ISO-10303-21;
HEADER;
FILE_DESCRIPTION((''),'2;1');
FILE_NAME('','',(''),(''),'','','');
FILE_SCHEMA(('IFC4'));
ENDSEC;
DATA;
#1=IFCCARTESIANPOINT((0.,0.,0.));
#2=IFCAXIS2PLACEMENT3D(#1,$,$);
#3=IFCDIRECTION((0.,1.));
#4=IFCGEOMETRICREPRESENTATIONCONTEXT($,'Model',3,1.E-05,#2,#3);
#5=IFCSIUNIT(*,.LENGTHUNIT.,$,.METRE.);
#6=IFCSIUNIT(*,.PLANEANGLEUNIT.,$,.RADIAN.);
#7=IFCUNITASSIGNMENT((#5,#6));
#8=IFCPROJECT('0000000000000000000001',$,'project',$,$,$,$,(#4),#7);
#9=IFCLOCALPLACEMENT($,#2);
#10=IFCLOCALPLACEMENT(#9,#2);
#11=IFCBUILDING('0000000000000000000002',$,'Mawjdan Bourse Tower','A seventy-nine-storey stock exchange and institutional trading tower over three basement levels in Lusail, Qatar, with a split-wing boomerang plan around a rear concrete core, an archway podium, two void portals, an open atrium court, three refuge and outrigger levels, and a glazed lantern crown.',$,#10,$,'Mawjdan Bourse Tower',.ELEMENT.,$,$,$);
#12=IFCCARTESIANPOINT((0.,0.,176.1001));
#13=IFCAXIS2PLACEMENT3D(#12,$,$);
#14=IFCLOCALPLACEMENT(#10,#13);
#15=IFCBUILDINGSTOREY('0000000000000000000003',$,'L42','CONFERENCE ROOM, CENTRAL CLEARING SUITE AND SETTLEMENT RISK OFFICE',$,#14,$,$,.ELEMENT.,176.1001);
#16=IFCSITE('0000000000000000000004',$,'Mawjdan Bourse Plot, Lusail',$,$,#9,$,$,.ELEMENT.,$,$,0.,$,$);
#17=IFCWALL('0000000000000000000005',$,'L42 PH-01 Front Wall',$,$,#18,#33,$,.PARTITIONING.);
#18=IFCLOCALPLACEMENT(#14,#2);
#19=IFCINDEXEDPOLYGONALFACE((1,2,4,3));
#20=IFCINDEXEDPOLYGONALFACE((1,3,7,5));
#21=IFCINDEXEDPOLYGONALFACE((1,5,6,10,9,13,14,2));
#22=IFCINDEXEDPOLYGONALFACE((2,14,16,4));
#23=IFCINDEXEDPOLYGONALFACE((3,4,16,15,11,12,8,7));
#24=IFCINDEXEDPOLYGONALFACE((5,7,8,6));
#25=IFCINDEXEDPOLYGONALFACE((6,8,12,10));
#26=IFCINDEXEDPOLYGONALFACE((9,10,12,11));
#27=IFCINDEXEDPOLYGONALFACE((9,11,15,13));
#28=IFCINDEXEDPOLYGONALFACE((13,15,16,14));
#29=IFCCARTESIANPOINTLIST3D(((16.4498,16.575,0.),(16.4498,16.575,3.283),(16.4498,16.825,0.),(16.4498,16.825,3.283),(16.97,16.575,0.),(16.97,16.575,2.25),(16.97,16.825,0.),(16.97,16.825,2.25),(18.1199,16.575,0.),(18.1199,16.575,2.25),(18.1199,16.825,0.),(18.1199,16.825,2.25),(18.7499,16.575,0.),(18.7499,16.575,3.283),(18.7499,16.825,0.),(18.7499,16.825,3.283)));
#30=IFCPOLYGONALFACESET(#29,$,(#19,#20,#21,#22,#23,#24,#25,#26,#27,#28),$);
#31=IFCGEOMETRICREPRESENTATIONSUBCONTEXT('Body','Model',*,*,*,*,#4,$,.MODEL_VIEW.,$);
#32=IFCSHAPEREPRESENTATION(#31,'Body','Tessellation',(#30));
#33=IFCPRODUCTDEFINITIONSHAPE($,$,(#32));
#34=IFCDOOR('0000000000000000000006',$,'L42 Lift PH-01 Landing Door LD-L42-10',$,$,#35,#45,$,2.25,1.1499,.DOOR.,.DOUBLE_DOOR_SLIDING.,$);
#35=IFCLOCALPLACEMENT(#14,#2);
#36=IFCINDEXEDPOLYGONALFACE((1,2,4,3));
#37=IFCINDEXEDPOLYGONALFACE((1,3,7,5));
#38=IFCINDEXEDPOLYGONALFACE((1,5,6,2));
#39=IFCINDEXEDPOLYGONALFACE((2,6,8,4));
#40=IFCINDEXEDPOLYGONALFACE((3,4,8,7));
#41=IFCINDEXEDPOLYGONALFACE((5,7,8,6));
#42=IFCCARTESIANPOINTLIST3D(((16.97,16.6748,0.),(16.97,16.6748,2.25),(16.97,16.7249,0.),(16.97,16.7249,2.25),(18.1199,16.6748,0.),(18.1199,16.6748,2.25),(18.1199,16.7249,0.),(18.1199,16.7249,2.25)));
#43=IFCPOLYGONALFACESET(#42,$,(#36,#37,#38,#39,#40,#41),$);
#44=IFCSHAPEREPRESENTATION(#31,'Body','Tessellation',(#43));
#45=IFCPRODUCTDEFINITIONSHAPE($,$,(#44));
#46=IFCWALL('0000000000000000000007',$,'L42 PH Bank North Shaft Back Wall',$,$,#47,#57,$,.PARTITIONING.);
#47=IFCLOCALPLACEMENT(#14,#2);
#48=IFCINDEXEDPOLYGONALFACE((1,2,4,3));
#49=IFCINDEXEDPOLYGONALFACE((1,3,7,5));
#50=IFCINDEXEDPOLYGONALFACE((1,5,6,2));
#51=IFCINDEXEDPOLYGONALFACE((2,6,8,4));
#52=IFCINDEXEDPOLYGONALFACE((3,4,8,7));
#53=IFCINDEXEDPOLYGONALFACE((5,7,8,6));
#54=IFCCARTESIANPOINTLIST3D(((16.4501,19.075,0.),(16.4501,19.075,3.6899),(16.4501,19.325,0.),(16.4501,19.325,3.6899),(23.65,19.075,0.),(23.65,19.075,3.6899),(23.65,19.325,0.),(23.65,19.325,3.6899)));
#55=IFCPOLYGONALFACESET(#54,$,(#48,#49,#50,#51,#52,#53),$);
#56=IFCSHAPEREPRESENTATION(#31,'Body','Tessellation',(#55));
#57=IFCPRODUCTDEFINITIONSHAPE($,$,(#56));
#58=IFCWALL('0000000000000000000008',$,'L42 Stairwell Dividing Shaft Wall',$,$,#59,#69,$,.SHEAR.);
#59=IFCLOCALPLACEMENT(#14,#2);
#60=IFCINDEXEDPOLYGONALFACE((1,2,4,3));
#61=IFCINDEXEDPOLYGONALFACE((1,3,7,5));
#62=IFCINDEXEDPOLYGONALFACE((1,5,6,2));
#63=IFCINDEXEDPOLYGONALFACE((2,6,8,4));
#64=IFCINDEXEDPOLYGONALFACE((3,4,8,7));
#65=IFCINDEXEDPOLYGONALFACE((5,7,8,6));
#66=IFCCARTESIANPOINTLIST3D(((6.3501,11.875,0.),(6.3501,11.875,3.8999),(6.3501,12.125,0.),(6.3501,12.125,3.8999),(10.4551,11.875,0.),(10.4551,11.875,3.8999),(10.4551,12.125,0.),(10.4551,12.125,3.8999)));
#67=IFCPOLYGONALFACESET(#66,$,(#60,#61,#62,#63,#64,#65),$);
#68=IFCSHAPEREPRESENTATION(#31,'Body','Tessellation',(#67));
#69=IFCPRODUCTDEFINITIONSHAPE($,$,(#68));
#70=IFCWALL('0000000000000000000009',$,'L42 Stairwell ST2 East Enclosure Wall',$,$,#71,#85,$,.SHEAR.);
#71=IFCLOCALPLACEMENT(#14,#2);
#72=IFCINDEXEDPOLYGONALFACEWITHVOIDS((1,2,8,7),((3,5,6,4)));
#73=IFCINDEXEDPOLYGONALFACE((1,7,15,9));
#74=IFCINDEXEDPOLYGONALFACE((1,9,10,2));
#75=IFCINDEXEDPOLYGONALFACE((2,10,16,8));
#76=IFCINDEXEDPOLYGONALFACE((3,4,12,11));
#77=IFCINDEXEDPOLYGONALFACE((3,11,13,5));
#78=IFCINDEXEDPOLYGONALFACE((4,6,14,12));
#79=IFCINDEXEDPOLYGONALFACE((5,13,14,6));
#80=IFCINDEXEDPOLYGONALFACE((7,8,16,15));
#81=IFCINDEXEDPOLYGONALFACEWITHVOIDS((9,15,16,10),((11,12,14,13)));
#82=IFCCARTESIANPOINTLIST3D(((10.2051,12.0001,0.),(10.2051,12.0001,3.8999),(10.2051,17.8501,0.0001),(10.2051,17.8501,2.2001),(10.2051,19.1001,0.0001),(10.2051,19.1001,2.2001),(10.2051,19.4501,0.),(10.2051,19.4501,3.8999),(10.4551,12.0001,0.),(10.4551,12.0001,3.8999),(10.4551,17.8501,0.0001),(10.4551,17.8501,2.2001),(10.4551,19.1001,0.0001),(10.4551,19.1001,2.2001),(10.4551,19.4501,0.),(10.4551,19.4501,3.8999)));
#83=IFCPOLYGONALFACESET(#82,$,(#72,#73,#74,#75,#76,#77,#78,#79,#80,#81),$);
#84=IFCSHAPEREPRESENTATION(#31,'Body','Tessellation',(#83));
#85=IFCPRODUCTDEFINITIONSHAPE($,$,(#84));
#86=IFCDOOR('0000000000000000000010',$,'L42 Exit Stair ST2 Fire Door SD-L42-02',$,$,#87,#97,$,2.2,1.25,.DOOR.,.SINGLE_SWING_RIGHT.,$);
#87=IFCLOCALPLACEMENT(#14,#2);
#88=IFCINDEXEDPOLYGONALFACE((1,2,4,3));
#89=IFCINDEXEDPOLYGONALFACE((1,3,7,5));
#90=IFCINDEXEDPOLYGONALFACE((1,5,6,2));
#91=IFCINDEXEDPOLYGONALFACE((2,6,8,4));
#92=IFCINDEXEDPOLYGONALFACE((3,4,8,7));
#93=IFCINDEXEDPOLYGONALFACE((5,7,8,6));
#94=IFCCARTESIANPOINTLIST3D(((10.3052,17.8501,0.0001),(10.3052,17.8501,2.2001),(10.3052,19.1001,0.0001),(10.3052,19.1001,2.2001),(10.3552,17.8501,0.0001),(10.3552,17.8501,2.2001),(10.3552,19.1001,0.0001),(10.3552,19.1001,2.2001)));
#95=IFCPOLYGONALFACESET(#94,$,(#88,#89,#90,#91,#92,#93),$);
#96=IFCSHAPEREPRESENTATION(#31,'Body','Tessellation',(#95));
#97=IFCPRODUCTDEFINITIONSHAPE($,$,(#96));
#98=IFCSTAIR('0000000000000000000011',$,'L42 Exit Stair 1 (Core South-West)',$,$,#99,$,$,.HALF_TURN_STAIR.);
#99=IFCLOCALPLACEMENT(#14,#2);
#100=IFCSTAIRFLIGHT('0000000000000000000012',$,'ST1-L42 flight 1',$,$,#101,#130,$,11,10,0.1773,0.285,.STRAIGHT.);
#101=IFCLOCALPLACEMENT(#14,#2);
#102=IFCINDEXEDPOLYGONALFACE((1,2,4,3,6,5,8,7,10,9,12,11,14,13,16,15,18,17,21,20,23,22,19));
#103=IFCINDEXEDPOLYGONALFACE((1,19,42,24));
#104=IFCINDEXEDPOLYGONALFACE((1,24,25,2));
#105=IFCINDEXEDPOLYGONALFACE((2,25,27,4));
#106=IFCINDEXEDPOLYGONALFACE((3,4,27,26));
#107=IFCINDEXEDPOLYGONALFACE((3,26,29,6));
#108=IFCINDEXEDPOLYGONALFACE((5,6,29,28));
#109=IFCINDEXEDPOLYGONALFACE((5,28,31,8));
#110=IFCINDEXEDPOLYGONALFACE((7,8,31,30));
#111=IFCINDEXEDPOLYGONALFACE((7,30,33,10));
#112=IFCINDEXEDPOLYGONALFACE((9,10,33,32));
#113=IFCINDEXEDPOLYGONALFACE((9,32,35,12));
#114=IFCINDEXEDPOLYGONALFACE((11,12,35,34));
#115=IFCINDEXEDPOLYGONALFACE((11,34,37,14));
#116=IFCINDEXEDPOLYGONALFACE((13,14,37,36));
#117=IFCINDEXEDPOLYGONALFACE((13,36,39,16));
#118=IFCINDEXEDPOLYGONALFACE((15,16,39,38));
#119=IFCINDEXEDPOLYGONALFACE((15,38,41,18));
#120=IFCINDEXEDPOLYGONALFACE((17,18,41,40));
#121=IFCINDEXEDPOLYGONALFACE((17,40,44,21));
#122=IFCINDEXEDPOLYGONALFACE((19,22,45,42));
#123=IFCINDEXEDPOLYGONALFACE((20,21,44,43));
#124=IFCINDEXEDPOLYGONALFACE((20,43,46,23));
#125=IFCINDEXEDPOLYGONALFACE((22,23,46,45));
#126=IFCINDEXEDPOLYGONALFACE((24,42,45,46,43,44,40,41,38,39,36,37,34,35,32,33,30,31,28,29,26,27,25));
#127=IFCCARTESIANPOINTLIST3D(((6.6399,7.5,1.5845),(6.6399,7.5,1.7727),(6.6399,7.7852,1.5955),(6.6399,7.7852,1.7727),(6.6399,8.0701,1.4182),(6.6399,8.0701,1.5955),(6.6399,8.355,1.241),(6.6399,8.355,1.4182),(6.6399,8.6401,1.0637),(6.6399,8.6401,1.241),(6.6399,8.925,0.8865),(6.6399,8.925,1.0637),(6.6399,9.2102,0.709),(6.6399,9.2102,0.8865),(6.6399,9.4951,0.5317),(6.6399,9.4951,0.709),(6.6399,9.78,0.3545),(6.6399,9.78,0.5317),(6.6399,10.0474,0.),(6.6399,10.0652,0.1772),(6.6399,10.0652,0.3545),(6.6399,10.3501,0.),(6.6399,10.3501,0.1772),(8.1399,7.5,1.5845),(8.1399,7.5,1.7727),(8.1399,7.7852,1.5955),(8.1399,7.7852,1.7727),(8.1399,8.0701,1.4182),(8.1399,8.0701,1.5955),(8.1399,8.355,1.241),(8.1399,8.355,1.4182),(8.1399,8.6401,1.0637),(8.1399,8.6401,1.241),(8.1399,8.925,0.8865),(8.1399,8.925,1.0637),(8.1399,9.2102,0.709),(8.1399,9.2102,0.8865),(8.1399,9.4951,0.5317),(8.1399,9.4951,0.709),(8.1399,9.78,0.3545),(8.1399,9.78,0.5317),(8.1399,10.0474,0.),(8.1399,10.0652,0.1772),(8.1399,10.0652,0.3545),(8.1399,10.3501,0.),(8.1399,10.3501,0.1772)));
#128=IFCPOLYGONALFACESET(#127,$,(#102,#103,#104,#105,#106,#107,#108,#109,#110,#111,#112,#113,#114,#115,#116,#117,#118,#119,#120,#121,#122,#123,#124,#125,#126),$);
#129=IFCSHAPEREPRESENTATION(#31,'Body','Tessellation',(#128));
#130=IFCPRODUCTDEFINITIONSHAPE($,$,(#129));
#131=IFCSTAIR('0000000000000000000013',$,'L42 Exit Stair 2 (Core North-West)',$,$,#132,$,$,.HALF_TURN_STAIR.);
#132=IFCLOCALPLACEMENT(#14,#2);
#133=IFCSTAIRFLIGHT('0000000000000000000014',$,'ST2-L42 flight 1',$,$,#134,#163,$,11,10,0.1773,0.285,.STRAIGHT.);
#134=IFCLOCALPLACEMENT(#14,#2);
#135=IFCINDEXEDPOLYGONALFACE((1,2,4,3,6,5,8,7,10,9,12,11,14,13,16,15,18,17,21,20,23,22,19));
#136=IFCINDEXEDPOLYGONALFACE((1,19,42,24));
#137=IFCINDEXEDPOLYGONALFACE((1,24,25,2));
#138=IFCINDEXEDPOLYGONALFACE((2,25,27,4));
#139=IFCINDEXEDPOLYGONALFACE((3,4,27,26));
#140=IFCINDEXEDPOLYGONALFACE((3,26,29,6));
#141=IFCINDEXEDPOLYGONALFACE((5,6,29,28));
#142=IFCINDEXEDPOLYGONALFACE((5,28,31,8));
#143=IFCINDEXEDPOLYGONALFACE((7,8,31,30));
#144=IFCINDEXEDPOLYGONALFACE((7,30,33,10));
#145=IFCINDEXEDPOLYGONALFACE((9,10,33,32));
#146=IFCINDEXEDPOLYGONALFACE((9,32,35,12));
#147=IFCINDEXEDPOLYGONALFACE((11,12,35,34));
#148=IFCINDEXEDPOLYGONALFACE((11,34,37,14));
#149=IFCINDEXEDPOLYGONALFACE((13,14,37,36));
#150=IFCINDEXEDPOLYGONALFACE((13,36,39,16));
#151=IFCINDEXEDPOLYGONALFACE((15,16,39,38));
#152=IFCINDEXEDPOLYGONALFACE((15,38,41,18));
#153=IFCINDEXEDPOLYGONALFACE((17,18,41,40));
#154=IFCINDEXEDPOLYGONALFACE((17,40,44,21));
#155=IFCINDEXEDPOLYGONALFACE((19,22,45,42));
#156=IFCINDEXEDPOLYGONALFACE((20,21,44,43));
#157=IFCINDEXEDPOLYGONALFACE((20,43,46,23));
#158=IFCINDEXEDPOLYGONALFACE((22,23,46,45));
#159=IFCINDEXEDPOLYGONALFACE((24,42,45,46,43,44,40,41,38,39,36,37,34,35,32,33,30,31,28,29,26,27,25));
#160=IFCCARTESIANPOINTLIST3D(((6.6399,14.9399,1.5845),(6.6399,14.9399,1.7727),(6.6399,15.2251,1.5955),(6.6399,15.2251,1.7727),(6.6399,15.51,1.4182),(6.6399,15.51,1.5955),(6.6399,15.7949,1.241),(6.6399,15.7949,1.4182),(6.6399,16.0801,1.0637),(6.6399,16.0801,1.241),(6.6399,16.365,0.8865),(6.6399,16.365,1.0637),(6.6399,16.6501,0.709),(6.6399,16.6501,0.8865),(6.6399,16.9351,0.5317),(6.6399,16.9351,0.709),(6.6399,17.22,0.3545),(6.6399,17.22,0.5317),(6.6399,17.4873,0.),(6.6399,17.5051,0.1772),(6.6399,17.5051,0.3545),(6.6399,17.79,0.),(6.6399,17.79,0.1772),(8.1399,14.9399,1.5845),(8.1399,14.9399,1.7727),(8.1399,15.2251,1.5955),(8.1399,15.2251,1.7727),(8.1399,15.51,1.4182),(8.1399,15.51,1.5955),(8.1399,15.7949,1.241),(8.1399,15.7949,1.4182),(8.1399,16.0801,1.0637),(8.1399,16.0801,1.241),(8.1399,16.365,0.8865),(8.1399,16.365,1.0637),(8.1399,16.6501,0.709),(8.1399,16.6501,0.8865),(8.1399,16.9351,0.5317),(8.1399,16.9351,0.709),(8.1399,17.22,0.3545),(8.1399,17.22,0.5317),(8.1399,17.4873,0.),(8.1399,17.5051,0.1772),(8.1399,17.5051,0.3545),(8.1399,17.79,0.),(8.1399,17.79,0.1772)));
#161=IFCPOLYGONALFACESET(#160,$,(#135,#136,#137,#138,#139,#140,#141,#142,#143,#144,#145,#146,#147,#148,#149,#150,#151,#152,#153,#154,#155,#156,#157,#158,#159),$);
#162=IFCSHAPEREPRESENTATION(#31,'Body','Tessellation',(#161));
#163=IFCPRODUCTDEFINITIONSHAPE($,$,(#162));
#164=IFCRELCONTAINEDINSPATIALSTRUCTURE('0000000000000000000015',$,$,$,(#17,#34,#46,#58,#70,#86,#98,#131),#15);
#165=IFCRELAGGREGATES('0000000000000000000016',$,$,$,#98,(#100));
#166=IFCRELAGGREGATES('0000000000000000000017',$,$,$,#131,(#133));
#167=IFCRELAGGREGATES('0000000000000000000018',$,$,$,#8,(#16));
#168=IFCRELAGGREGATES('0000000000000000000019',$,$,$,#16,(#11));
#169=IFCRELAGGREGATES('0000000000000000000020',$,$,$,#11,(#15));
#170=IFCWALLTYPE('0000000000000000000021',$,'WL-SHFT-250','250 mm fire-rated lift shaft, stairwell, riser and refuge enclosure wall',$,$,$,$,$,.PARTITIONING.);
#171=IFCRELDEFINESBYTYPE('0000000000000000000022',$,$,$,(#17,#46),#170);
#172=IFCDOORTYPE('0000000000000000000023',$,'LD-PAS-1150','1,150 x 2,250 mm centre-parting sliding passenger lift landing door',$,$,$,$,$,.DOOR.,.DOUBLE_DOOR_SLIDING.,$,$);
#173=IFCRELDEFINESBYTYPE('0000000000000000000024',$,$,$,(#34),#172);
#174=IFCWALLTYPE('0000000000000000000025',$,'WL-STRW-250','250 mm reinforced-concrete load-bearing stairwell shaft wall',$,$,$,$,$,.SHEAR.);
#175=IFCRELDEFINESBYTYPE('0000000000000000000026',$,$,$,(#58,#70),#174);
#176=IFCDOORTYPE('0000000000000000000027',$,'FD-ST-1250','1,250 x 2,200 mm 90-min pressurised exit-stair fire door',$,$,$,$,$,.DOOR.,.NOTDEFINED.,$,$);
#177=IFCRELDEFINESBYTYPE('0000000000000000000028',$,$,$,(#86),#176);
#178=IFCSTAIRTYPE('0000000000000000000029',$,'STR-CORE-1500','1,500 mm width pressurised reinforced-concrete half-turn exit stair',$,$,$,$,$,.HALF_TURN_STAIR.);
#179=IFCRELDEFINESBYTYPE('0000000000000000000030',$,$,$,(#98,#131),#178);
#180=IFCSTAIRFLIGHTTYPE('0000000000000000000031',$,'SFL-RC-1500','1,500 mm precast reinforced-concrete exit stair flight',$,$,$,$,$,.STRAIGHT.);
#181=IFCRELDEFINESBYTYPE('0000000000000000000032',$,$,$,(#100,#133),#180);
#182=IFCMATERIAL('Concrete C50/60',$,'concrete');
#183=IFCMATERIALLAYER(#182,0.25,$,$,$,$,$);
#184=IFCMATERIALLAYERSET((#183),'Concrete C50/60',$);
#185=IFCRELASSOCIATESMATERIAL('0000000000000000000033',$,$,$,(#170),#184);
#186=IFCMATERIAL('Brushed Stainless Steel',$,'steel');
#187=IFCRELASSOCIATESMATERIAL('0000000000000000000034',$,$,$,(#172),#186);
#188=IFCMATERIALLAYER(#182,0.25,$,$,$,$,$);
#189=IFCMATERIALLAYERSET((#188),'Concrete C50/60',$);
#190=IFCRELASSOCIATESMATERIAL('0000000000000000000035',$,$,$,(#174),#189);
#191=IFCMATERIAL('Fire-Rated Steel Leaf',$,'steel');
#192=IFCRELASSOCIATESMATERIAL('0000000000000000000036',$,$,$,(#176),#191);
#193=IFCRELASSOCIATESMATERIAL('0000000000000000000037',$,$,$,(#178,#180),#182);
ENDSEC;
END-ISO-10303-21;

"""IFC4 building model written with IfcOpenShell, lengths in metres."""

from ifc_helpers import new_model, si_unit, direction, frame, frame_2d, origin, place, context, subcontext, project, spatial, polyline, rectangle, outline, extrude, material, layer, layer_set, type_object, element, fill, aggregate, save


model = new_model("IFC4")

# Units and contexts
model_context = context("Model", 3, precision=1e-05, world=origin(), true_north=direction((0.0, 1.0)))
body_context = subcontext(model_context, "Body", "Model", "MODEL_VIEW")
ifc_project = project(units=[si_unit("LENGTHUNIT", "METRE"), si_unit("PLANEANGLEUNIT", "RADIAN")], contexts=[model_context])

# Site, building, storey
site_placement = place(None, origin())
site = spatial("IfcSite", under=ifc_project, at=site_placement, Name="Mawjdan Bourse Plot, Lusail", CompositionType="ELEMENT", RefElevation=0.0)
building_placement = place(site_placement, origin())
building = spatial("IfcBuilding", under=site, at=building_placement, Name="Mawjdan Bourse Tower", Description="A seventy-nine-storey stock exchange and institutional trading tower over three basement levels in Lusail, Qatar, with a split-wing boomerang plan around a rear concrete core, an archway podium, two void portals, an open atrium court, three refuge and outrigger levels, and a glazed lantern crown.", LongName="Mawjdan Bourse Tower", CompositionType="ELEMENT")
storey_placement = place(building_placement, frame((0.0, 0.0, 176.1001)))
storey = spatial("IfcBuildingStorey", under=building, at=storey_placement, Name="L42", Description="CONFERENCE ROOM, CENTRAL CLEARING SUITE AND SETTLEMENT RISK OFFICE", CompositionType="ELEMENT", Elevation=176.1001)

# Shared definitions
ifc_material_1 = material(Name="Concrete C50/60", Category="concrete")
ifc_layer_1 = layer(ifc_material_1, 0.25)
ifc_layer_set_1 = layer_set([ifc_layer_1], Name="Concrete C50/60")
wall_type_1 = type_object("IfcWallType", Name="WL-SHFT-250", Description="250 mm fire-rated lift shaft, stairwell, riser and refuge enclosure wall", PredefinedType="PARTITIONING", material=ifc_layer_set_1)
ifc_material_2 = material(Name="Brushed Stainless Steel", Category="steel")

# Wall, opening, door
wall_1_placement = place(storey_placement, frame((16.45, 16.7, 0.0), z_axis=(0.0, 0.0, 1.0), x_axis=(1.0, 0.0, 0.0)))
wall_1 = element("IfcWall", 1, at=wall_1_placement, inside=storey, type_object=wall_type_1, Name="L42 PH-01 Front Wall", PredefinedType="PARTITIONING", context=body_context, shape_type="SweptSolid", body=[
    extrude(rectangle(XDim=2.3, YDim=0.25, at=frame_2d((1.1499, 0.0))), origin(), (0.0, 0.0, 1.0), 3.283),
])
opening_1_placement = place(wall_1_placement, frame((0.52, 0.0, 0.0)))
opening_1 = element("IfcOpeningElement", 2, at=opening_1_placement, cuts=wall_1, PredefinedType="OPENING", context=body_context, shape_type="SweptSolid", body=[
    extrude(rectangle(XDim=1.1499, YDim=2.25, at=frame_2d((0.575, 1.125))), frame((0.0, 0.135, 0.0), z_axis=(0.0, -1.0, 0.0), x_axis=(1.0, 0.0, 0.0)), (0.0, 0.0, 1.0), 0.27),
])
door_type_1 = type_object("IfcDoorType", Name="LD-PAS-1150", Description="1,150 x 2,250 mm centre-parting sliding passenger lift landing door", OperationType="DOUBLE_DOOR_SLIDING", PredefinedType="DOOR", material=ifc_material_2)
door_1_placement = place(opening_1_placement, origin())
door_1 = element("IfcDoor", 3, at=door_1_placement, inside=storey, type_object=door_type_1, Name="L42 Lift PH-01 Landing Door LD-L42-10", OperationType="DOUBLE_DOOR_SLIDING", OverallHeight=2.25, OverallWidth=1.1499, PredefinedType="DOOR", context=body_context, shape_type="SweptSolid", body=[
    extrude(rectangle(XDim=1.1499, YDim=2.25, at=frame_2d((0.575, 1.125))), frame((0.0, 0.0249, 0.0), z_axis=(0.0, -1.0, 0.0), x_axis=(1.0, 0.0, 0.0)), (0.0, 0.0, 1.0), 0.05),
])
fill(opening_1, door_1)

# Walls
wall_2_placement = place(storey_placement, frame((16.45, 19.2, 0.0), z_axis=(0.0, 0.0, 1.0), x_axis=(1.0, 0.0, 0.0)))
element("IfcWall", 4, at=wall_2_placement, inside=storey, type_object=wall_type_1, Name="L42 PH Bank North Shaft Back Wall", PredefinedType="PARTITIONING", context=body_context, shape_type="SweptSolid", body=[
    extrude(rectangle(XDim=7.2, YDim=0.25, at=frame_2d((3.6001, 0.0))), origin(), (0.0, 0.0, 1.0), 3.6899),
])
ifc_layer_2 = layer(ifc_material_1, 0.25)
ifc_layer_set_2 = layer_set([ifc_layer_2], Name="Concrete C50/60")
wall_type_2 = type_object("IfcWallType", Name="WL-STRW-250", Description="250 mm reinforced-concrete load-bearing stairwell shaft wall", PredefinedType="SHEAR", material=ifc_layer_set_2)
wall_3_placement = place(storey_placement, frame((6.3501, 12.0, 0.0), z_axis=(0.0, 0.0, 1.0), x_axis=(1.0, 0.0, 0.0)))
element("IfcWall", 5, at=wall_3_placement, inside=storey, type_object=wall_type_2, Name="L42 Stairwell Dividing Shaft Wall", PredefinedType="SHEAR", context=body_context, shape_type="SweptSolid", body=[
    extrude(rectangle(XDim=4.105, YDim=0.25, at=frame_2d((2.0525, 0.0))), origin(), (0.0, 0.0, 1.0), 3.8999),
])

# Wall, opening, door
wall_4_placement = place(storey_placement, frame((10.3301, 12.0, 0.0), z_axis=(0.0, 0.0, 1.0), x_axis=(0.0, 1.0, 0.0)))
wall_4 = element("IfcWall", 6, at=wall_4_placement, inside=storey, type_object=wall_type_2, Name="L42 Stairwell ST2 East Enclosure Wall", PredefinedType="SHEAR", context=body_context, shape_type="SweptSolid", body=[
    extrude(rectangle(XDim=7.45, YDim=0.25, at=frame_2d((3.7251, 0.0))), origin(), (0.0, 0.0, 1.0), 3.8999),
])
opening_2_placement = place(wall_4_placement, frame((5.8501, 0.0, 0.0)))
opening_2 = element("IfcOpeningElement", 7, at=opening_2_placement, cuts=wall_4, PredefinedType="OPENING", context=body_context, shape_type="SweptSolid", body=[
    extrude(rectangle(XDim=1.25, YDim=2.2, at=frame_2d((0.625, 1.1001))), frame((0.0, 0.135, 0.0), z_axis=(0.0, -1.0, 0.0), x_axis=(1.0, 0.0, 0.0)), (0.0, 0.0, 1.0), 0.27),
])
ifc_material_3 = material(Name="Fire-Rated Steel Leaf", Category="steel")
door_type_2 = type_object("IfcDoorType", Name="FD-ST-1250", Description="1,250 x 2,200 mm 90-min pressurised exit-stair fire door", OperationType="NOTDEFINED", PredefinedType="DOOR", material=ifc_material_3)
door_2_placement = place(opening_2_placement, origin())
door_2 = element("IfcDoor", 8, at=door_2_placement, inside=storey, type_object=door_type_2, Name="L42 Exit Stair ST2 Fire Door SD-L42-02", OperationType="SINGLE_SWING_RIGHT", OverallHeight=2.2, OverallWidth=1.25, PredefinedType="DOOR", context=body_context, shape_type="SweptSolid", body=[
    extrude(rectangle(XDim=1.25, YDim=2.2, at=frame_2d((0.625, 1.1001))), frame((0.0, 0.0249, 0.0), z_axis=(0.0, -1.0, 0.0), x_axis=(1.0, 0.0, 0.0)), (0.0, 0.0, 1.0), 0.05),
])
fill(opening_2, door_2)

# Stair, stair flight
stair_type = type_object("IfcStairType", Name="STR-CORE-1500", Description="1,500 mm width pressurised reinforced-concrete half-turn exit stair", PredefinedType="HALF_TURN_STAIR", material=ifc_material_1)
stair_1_placement = place(storey_placement, origin())
stair_1 = element("IfcStair", 9, at=stair_1_placement, inside=storey, type_object=stair_type, Name="L42 Exit Stair 1 (Core South-West)", PredefinedType="HALF_TURN_STAIR")
stair_flight_type = type_object("IfcStairFlightType", Name="SFL-RC-1500", Description="1,500 mm precast reinforced-concrete exit stair flight", PredefinedType="STRAIGHT", material=ifc_material_1)
stair_flight_1_placement = place(storey_placement, frame((7.3899, 10.3501, 0.0), z_axis=(0.0, 0.0, 1.0), x_axis=(0.0, -1.0, 0.0)))
stair_flight_1 = element("IfcStairFlight", 10, at=stair_flight_1_placement, type_object=stair_flight_type, Name="ST1-L42 flight 1", NumberOfRisers=11, NumberOfTreads=10, PredefinedType="STRAIGHT", RiserHeight=0.1773, TreadLength=0.285, context=body_context, shape_type="SweptSolid", body=[
    extrude(outline(polyline([(0.0, 0.0), (0.0, 0.1772), (0.2849, 0.1772), (0.2849, 0.3545), (0.5701, 0.3545), (0.5701, 0.5317), (0.855, 0.5317), (0.855, 0.709), (1.1399, 0.709), (1.1399, 0.8865), (1.425, 0.8865), (1.425, 1.0637), (1.71, 1.0637), (1.71, 1.241), (1.9951, 1.241), (1.9951, 1.4182), (2.28, 1.4182), (2.28, 1.5955), (2.5649, 1.5955), (2.5649, 1.7727), (2.8501, 1.7727), (2.8501, 1.95), (2.8501, 1.5845), (0.3027, 0.0), (0.0, 0.0)])), frame((0.0, 0.75, 0.0), z_axis=(0.0, -1.0, 0.0), x_axis=(1.0, 0.0, 0.0)), (0.0, 0.0, 1.0), 1.5),
])
aggregate(stair_1, [stair_flight_1])

# Stair, stair flight
stair_2_placement = place(storey_placement, origin())
stair_2 = element("IfcStair", 11, at=stair_2_placement, inside=storey, type_object=stair_type, Name="L42 Exit Stair 2 (Core North-West)", PredefinedType="HALF_TURN_STAIR")
stair_flight_2_placement = place(storey_placement, frame((7.3899, 17.79, 0.0), z_axis=(0.0, 0.0, 1.0), x_axis=(0.0, -1.0, 0.0)))
stair_flight_2 = element("IfcStairFlight", 12, at=stair_flight_2_placement, type_object=stair_flight_type, Name="ST2-L42 flight 1", NumberOfRisers=11, NumberOfTreads=10, PredefinedType="STRAIGHT", RiserHeight=0.1773, TreadLength=0.285, context=body_context, shape_type="SweptSolid", body=[
    extrude(outline(polyline([(0.0, 0.0), (0.0, 0.1772), (0.2849, 0.1772), (0.2849, 0.3545), (0.5701, 0.3545), (0.5701, 0.5317), (0.855, 0.5317), (0.855, 0.709), (1.1399, 0.709), (1.1399, 0.8865), (1.425, 0.8865), (1.425, 1.0637), (1.71, 1.0637), (1.71, 1.241), (1.9951, 1.241), (1.9951, 1.4182), (2.28, 1.4182), (2.28, 1.5955), (2.5649, 1.5955), (2.5649, 1.7727), (2.8501, 1.7727), (2.8501, 1.95), (2.8501, 1.5845), (0.3027, 0.0), (0.0, 0.0)])), frame((0.0, 0.75, 0.0), z_axis=(0.0, -1.0, 0.0), x_axis=(1.0, 0.0, 0.0)), (0.0, 0.0, 1.0), 1.5),
])
aggregate(stair_2, [stair_flight_2])

save(model, "model.ifc")
